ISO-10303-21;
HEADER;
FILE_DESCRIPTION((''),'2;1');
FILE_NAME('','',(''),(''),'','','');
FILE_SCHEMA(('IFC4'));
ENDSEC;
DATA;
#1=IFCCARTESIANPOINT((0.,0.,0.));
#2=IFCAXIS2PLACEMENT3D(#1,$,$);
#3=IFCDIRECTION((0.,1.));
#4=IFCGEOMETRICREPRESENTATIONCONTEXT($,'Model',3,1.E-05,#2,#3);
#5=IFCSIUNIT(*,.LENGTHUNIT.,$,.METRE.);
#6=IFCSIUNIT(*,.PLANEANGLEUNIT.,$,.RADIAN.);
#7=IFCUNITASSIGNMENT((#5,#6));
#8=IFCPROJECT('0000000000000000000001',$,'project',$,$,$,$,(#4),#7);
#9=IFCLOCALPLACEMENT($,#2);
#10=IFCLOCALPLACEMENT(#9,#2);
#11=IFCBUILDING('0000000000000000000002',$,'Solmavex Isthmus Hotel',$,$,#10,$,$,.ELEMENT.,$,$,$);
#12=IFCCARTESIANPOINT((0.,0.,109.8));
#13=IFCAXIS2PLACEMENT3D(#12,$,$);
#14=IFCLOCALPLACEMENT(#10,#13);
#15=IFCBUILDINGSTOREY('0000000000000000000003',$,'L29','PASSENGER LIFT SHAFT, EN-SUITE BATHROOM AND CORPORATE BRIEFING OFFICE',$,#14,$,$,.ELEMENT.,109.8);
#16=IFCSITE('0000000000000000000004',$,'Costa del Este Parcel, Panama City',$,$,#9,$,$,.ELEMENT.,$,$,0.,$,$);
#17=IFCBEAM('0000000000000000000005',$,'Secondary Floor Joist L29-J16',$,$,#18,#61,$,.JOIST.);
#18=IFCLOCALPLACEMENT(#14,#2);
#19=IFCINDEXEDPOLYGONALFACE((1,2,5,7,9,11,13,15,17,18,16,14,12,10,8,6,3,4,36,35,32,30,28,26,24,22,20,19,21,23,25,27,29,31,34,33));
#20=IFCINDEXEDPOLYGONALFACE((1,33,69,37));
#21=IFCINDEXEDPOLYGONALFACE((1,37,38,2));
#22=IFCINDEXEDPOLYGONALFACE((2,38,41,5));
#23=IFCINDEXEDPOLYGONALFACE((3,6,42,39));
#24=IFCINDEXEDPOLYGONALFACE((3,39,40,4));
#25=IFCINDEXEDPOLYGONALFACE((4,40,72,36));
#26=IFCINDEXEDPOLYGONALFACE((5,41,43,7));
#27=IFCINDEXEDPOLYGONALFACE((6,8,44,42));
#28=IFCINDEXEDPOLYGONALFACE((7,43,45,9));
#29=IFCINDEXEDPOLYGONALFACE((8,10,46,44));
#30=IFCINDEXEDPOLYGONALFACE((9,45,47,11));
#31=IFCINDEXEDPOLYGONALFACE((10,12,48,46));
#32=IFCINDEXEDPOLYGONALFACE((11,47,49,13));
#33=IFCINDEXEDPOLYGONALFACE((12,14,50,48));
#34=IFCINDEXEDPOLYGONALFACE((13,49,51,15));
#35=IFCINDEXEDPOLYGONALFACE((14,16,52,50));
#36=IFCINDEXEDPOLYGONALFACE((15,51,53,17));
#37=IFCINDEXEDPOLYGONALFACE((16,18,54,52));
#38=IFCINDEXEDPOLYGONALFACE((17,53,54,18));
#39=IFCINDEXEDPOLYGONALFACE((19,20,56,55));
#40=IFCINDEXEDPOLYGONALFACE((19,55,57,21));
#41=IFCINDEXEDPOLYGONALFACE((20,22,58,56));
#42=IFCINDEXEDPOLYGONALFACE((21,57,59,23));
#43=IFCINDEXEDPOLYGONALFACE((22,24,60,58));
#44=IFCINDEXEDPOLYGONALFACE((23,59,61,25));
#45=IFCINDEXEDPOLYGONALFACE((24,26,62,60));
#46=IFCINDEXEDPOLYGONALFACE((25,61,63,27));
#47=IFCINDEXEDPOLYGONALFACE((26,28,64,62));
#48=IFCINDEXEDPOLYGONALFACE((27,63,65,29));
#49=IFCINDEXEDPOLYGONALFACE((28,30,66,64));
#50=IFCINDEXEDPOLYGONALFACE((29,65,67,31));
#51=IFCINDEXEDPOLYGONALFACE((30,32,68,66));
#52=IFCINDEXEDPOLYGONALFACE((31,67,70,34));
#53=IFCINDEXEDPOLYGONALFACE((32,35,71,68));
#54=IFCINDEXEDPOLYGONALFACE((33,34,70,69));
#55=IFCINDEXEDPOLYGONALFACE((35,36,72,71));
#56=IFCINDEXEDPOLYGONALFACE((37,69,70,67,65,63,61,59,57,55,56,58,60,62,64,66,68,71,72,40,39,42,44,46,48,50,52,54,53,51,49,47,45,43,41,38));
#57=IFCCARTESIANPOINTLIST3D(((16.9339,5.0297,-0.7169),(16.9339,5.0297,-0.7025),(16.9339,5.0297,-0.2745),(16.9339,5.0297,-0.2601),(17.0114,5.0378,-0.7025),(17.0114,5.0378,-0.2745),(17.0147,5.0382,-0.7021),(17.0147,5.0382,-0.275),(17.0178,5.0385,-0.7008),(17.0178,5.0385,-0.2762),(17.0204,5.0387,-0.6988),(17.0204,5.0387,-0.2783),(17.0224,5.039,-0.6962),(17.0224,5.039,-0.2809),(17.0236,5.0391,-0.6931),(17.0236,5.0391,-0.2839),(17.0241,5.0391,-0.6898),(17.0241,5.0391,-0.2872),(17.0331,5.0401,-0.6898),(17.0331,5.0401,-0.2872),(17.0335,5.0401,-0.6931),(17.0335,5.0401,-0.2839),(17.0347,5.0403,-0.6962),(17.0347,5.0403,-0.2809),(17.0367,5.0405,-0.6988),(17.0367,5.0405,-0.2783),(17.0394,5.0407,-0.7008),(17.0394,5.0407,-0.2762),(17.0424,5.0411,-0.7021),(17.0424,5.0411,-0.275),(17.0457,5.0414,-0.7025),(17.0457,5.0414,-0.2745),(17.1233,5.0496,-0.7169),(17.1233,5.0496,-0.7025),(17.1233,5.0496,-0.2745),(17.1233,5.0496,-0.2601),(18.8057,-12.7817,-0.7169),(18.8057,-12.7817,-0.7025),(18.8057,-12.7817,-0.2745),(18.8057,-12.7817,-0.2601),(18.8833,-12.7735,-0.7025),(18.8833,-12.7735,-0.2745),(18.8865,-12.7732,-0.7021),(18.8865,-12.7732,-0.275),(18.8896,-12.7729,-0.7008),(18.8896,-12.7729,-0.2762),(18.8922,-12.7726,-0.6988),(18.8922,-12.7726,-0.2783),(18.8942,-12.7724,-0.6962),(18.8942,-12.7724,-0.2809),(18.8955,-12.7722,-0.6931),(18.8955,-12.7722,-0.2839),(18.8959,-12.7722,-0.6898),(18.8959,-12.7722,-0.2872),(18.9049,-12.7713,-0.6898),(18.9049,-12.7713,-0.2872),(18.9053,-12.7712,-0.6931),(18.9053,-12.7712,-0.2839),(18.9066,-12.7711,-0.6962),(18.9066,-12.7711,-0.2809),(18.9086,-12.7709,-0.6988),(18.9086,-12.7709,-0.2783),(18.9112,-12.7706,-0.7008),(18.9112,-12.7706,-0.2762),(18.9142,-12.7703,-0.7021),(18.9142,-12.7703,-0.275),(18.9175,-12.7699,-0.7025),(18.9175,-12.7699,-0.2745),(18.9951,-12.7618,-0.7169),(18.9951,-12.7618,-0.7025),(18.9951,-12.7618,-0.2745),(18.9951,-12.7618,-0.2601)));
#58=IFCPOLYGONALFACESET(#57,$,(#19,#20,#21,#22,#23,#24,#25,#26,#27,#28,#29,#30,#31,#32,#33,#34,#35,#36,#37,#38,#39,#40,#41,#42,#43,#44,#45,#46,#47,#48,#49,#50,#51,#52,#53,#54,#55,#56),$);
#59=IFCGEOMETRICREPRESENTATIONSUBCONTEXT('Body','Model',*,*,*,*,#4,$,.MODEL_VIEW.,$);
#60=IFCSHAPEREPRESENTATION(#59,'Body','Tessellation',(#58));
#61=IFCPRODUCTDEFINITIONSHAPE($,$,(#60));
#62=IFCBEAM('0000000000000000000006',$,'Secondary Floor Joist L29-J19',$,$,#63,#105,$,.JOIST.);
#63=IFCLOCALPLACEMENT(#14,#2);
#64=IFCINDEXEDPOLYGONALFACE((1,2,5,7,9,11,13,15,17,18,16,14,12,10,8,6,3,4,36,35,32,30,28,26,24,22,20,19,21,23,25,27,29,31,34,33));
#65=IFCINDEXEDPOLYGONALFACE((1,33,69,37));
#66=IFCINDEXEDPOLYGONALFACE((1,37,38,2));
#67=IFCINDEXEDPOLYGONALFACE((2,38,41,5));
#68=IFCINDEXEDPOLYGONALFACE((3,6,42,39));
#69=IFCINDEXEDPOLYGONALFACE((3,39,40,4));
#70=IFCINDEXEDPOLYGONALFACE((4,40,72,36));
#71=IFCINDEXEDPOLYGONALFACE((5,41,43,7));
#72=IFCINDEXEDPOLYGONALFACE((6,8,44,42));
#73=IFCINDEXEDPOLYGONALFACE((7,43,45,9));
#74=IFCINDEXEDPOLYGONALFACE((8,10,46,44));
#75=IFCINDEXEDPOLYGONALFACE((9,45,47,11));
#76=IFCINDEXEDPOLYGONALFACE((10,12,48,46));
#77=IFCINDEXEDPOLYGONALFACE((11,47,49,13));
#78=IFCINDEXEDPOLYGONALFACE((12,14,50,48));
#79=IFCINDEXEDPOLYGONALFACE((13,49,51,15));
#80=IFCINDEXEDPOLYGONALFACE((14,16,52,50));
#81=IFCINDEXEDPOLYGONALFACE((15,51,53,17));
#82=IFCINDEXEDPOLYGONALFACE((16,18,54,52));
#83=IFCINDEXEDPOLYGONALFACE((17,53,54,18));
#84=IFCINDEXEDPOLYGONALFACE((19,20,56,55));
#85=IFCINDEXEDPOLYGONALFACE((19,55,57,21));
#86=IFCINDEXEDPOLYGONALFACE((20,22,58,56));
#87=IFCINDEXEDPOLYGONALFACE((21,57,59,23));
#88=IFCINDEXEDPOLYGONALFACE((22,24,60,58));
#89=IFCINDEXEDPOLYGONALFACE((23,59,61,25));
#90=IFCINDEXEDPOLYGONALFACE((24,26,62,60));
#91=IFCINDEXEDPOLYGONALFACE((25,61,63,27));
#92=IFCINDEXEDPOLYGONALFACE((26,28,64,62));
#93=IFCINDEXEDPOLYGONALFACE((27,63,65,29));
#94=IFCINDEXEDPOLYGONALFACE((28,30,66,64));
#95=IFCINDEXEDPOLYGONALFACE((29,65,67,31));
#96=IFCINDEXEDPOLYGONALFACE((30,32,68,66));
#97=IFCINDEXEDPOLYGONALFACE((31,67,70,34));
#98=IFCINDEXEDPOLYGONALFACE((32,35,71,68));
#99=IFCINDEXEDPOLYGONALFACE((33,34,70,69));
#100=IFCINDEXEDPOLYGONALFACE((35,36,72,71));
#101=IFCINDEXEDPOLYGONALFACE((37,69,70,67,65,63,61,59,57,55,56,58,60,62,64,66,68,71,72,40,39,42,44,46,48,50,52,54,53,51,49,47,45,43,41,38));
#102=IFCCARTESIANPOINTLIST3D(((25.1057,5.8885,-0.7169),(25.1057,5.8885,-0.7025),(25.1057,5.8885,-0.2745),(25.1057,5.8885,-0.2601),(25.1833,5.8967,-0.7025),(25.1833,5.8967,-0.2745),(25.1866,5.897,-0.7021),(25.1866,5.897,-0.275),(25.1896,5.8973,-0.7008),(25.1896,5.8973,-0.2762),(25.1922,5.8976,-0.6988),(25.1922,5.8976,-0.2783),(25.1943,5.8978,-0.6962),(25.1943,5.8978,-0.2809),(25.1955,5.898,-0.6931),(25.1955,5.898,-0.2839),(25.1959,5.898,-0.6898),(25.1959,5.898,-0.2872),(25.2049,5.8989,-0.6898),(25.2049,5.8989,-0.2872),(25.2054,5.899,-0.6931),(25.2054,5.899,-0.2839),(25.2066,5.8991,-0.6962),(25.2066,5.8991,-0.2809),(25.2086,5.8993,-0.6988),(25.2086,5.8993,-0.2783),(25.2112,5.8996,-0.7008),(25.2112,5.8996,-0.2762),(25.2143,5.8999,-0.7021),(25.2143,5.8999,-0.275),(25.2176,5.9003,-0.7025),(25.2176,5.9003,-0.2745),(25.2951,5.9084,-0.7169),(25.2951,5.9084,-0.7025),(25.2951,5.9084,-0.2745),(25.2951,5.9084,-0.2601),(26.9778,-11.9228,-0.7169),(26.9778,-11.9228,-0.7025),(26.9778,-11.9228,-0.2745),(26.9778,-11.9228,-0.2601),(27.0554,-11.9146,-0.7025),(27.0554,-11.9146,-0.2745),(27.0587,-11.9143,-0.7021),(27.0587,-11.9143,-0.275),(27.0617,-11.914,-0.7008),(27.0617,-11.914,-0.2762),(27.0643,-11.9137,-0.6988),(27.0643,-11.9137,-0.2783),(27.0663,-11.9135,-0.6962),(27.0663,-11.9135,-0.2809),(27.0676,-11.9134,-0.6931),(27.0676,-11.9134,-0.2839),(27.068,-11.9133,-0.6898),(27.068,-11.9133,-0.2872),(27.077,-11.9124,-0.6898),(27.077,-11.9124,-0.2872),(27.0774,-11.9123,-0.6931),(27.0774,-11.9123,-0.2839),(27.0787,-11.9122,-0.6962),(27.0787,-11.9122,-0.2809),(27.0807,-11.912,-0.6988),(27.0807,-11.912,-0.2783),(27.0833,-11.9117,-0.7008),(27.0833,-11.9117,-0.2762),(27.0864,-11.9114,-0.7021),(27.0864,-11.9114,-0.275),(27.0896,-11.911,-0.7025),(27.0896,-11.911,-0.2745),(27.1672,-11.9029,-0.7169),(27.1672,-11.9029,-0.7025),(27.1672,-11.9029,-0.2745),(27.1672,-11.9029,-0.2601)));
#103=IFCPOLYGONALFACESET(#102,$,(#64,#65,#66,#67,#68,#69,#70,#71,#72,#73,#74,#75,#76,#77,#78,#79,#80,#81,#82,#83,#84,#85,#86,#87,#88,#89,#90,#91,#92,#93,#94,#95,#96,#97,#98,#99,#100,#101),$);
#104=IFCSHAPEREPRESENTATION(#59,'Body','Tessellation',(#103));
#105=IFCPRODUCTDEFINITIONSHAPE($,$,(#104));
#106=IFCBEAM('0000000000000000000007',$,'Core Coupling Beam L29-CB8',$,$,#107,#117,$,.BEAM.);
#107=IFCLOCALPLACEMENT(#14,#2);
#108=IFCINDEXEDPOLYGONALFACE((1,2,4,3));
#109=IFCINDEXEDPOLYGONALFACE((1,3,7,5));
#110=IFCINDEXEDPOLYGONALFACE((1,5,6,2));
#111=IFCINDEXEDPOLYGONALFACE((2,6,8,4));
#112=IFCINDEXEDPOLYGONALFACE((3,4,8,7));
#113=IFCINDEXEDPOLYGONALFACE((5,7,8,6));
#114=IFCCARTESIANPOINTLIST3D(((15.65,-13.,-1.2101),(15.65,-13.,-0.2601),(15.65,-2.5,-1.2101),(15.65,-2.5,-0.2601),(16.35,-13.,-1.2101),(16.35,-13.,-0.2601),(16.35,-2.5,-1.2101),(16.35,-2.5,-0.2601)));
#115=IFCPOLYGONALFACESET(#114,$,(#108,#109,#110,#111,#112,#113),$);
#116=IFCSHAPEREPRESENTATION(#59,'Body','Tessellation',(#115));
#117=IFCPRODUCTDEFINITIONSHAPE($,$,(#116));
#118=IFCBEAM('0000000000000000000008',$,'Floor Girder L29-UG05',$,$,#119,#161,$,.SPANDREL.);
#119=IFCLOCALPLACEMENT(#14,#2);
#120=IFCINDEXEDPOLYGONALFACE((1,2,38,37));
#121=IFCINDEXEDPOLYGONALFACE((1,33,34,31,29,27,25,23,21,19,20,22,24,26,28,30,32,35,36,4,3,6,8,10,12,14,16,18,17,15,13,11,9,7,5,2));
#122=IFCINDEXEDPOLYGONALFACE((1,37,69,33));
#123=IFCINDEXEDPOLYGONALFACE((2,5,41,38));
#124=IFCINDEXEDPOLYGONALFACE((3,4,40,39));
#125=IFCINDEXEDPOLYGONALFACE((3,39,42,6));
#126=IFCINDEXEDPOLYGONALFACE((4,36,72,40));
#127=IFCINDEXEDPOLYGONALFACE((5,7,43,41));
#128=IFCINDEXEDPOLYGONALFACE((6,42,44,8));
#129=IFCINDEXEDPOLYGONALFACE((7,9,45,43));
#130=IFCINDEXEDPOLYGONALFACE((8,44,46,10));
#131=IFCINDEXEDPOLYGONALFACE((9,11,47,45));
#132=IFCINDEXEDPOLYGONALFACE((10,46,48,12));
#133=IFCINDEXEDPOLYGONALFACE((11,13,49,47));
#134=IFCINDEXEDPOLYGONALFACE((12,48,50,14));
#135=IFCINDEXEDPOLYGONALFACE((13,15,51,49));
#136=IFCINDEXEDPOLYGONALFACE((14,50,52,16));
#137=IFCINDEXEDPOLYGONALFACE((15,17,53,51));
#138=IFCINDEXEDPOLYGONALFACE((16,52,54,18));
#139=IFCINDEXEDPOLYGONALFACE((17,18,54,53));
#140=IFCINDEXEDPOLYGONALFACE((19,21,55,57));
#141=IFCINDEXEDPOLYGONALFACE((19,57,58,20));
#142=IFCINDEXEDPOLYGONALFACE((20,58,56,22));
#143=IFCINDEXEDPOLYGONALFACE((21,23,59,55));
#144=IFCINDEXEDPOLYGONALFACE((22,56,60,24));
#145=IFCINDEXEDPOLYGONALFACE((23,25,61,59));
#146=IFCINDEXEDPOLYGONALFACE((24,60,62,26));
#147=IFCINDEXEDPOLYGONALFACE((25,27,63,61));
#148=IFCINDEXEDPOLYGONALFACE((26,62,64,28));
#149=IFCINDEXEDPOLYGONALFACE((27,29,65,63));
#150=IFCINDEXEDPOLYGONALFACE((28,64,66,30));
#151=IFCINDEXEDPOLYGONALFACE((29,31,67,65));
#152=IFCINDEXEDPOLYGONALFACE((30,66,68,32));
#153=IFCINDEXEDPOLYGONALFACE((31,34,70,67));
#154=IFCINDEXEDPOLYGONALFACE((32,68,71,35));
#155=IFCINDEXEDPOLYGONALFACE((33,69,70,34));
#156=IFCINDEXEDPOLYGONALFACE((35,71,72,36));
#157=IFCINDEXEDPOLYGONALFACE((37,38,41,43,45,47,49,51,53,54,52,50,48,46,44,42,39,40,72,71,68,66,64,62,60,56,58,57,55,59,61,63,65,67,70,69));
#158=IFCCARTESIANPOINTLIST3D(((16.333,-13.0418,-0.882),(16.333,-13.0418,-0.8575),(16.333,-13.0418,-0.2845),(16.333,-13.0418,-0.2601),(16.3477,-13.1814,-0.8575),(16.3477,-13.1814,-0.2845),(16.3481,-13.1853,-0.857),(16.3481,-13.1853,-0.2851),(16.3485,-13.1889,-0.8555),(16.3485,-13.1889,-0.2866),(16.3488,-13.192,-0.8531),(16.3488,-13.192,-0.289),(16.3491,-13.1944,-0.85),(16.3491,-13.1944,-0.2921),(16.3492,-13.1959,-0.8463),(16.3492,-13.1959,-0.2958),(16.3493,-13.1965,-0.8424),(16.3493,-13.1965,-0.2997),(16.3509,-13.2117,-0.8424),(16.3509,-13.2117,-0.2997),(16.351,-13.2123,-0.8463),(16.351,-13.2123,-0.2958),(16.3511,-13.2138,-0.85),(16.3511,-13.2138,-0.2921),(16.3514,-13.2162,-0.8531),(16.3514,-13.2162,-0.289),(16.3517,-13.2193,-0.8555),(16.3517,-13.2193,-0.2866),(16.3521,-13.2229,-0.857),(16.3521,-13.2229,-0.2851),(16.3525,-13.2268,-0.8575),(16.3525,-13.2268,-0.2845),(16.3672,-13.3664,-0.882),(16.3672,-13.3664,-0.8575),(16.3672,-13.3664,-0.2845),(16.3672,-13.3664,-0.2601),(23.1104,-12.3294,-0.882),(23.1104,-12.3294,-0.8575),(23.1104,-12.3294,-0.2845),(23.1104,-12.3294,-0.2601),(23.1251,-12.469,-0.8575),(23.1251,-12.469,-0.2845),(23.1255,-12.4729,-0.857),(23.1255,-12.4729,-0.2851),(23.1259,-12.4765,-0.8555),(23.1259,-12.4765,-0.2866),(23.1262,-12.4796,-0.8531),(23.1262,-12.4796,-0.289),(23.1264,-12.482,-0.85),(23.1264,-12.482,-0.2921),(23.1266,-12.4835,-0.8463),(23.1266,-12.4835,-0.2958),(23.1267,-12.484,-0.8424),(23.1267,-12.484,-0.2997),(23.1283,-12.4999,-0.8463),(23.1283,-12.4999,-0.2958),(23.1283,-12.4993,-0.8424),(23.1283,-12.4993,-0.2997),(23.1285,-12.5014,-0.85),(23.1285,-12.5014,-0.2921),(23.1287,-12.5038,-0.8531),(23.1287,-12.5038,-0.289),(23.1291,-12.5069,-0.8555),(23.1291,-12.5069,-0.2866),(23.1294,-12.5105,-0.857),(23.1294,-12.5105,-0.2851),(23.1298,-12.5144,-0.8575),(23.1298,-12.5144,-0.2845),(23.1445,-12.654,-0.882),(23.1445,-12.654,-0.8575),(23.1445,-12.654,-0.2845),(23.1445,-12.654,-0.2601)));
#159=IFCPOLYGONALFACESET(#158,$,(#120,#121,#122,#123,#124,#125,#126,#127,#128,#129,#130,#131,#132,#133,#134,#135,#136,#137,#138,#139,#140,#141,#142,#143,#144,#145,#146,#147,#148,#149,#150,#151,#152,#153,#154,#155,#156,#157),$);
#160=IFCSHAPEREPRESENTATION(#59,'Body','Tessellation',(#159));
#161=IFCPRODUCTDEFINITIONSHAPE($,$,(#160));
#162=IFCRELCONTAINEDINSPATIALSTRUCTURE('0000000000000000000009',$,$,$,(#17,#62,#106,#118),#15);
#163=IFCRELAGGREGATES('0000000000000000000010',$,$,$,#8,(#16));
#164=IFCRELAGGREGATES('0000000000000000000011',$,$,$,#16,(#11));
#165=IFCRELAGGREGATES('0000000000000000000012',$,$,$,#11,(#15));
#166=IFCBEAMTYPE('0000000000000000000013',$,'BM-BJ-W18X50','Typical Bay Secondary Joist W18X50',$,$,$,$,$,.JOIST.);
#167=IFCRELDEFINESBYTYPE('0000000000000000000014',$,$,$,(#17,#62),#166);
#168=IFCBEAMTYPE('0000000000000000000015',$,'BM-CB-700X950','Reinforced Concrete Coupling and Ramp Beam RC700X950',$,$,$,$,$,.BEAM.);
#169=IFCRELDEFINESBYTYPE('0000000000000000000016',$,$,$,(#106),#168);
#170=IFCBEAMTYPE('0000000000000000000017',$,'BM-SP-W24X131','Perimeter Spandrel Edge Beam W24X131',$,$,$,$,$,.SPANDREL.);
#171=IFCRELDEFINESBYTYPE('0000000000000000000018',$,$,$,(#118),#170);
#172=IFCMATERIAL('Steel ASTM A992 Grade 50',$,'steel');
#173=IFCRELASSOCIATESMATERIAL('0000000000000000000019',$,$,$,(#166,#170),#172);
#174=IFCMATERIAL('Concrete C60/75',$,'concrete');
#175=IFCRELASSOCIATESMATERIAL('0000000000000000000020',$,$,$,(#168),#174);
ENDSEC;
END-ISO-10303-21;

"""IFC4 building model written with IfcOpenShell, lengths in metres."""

from ifc_helpers import new_model, si_unit, direction, frame, origin, origin_2d, place, context, subcontext, project, spatial, rectangle, i_section, extrude, material, material_profile, profile_set, type_object, element, save


model = new_model("IFC4")

# Units and contexts
model_context = context("Model", 3, precision=1e-05, world=origin(), true_north=direction((0.0, 1.0)))
body_context = subcontext(model_context, "Body", "Model", "MODEL_VIEW")
ifc_project = project(units=[si_unit("LENGTHUNIT", "METRE"), si_unit("PLANEANGLEUNIT", "RADIAN")], contexts=[model_context])

# Site, building, storey
site_placement = place(None, origin())
site = spatial("IfcSite", under=ifc_project, at=site_placement, Name="Costa del Este Parcel, Panama City", CompositionType="ELEMENT", RefElevation=0.0)
building_placement = place(site_placement, origin())
building = spatial("IfcBuilding", under=site, at=building_placement, Name="Solmavex Isthmus Hotel", CompositionType="ELEMENT")
storey_placement = place(building_placement, frame((0.0, 0.0, 109.8)))
storey = spatial("IfcBuildingStorey", under=building, at=storey_placement, Name="L29", Description="PASSENGER LIFT SHAFT, EN-SUITE BATHROOM AND CORPORATE BRIEFING OFFICE", CompositionType="ELEMENT", Elevation=109.8)

# Shared definitions
ifc_material_1 = material(Name="Concrete C60/75", Category="concrete")

# Beams
ifc_material_2 = material(Name="Steel ASTM A992 Grade 50", Category="steel")
ifc_material_profile_1 = material_profile(ifc_material_2, i_section(OverallWidth=0.1904, OverallDepth=0.4568, WebThickness=0.009, FlangeThickness=0.0144, FilletRadius=0.0127, at=origin_2d()), Name="W18X50")
ifc_profile_set_1 = profile_set([ifc_material_profile_1], Name="Steel ASTM A992 Grade 50")
beam_type_1 = type_object("IfcBeamType", Name="BM-BJ-W18X50", Description="Typical Bay Secondary Joist W18X50", PredefinedType="JOIST", material=ifc_profile_set_1)
for number, where, z_axis, x_axis, name in (
    (1, (18.9004, -12.7717, -0.4885), (-0.104517, 0.994523, 0.0), (-0.994523, -0.104517, 0.0), "Secondary Floor Joist L29-J16"),
    (2, (27.0725, -11.9128, -0.4885), (-0.10453, 0.994522, 0.0), (-0.994522, -0.10453, 0.0), "Secondary Floor Joist L29-J19"),
):
    element("IfcBeam", number, at=place(storey_placement, frame(where, z_axis=z_axis, x_axis=x_axis)), inside=storey, type_object=beam_type_1, Name=name, PredefinedType="JOIST", context=body_context, shape_type="SweptSolid", body=[
        extrude(i_section(OverallWidth=0.1904, OverallDepth=0.4568, WebThickness=0.009, FlangeThickness=0.0144, FilletRadius=0.0127, at=origin_2d()), origin(), (0.0, 0.0, 1.0), 17.9094),
    ])
ifc_material_profile_2 = material_profile(ifc_material_1, rectangle(XDim=0.7, YDim=0.95, at=origin_2d()), Name="RC700X950")
ifc_profile_set_2 = profile_set([ifc_material_profile_2], Name="Concrete C60/75")
beam_type_2 = type_object("IfcBeamType", Name="BM-CB-700X950", Description="Reinforced Concrete Coupling and Ramp Beam RC700X950", PredefinedType="BEAM", material=ifc_profile_set_2)
beam_1_placement = place(storey_placement, frame((16.0, -13.0, -0.7351), z_axis=(0.0, 1.0, 0.0), x_axis=(-1.0, 0.0, 0.0)))
element("IfcBeam", 3, at=beam_1_placement, inside=storey, type_object=beam_type_2, Name="Core Coupling Beam L29-CB8", PredefinedType="BEAM", context=body_context, shape_type="SweptSolid", body=[
    extrude(rectangle(XDim=0.7, YDim=0.95, at=origin_2d()), origin(), (0.0, 0.0, 1.0), 10.5),
])
ifc_material_profile_3 = material_profile(ifc_material_2, i_section(OverallWidth=0.3264, OverallDepth=0.6218, WebThickness=0.0154, FlangeThickness=0.0244, FilletRadius=0.0151, at=origin_2d()), Name="W24X131")
ifc_profile_set_3 = profile_set([ifc_material_profile_3], Name="Steel ASTM A992 Grade 50")
beam_type_3 = type_object("IfcBeamType", Name="BM-SP-W24X131", Description="Perimeter Spandrel Edge Beam W24X131", PredefinedType="SPANDREL", material=ifc_profile_set_3)
beam_2_placement = place(storey_placement, frame((16.3501, -13.2041, -0.571), z_axis=(0.994521, 0.104539, 0.0), x_axis=(-0.104539, 0.994521, 0.0)))
element("IfcBeam", 4, at=beam_2_placement, inside=storey, type_object=beam_type_3, Name="Floor Girder L29-UG05", PredefinedType="SPANDREL", context=body_context, shape_type="SweptSolid", body=[
    extrude(i_section(OverallWidth=0.3264, OverallDepth=0.6218, WebThickness=0.0154, FlangeThickness=0.0244, FilletRadius=0.0151, at=origin_2d()), origin(), (0.0, 0.0, 1.0), 6.8147),
])

save(model, "model.ifc")
